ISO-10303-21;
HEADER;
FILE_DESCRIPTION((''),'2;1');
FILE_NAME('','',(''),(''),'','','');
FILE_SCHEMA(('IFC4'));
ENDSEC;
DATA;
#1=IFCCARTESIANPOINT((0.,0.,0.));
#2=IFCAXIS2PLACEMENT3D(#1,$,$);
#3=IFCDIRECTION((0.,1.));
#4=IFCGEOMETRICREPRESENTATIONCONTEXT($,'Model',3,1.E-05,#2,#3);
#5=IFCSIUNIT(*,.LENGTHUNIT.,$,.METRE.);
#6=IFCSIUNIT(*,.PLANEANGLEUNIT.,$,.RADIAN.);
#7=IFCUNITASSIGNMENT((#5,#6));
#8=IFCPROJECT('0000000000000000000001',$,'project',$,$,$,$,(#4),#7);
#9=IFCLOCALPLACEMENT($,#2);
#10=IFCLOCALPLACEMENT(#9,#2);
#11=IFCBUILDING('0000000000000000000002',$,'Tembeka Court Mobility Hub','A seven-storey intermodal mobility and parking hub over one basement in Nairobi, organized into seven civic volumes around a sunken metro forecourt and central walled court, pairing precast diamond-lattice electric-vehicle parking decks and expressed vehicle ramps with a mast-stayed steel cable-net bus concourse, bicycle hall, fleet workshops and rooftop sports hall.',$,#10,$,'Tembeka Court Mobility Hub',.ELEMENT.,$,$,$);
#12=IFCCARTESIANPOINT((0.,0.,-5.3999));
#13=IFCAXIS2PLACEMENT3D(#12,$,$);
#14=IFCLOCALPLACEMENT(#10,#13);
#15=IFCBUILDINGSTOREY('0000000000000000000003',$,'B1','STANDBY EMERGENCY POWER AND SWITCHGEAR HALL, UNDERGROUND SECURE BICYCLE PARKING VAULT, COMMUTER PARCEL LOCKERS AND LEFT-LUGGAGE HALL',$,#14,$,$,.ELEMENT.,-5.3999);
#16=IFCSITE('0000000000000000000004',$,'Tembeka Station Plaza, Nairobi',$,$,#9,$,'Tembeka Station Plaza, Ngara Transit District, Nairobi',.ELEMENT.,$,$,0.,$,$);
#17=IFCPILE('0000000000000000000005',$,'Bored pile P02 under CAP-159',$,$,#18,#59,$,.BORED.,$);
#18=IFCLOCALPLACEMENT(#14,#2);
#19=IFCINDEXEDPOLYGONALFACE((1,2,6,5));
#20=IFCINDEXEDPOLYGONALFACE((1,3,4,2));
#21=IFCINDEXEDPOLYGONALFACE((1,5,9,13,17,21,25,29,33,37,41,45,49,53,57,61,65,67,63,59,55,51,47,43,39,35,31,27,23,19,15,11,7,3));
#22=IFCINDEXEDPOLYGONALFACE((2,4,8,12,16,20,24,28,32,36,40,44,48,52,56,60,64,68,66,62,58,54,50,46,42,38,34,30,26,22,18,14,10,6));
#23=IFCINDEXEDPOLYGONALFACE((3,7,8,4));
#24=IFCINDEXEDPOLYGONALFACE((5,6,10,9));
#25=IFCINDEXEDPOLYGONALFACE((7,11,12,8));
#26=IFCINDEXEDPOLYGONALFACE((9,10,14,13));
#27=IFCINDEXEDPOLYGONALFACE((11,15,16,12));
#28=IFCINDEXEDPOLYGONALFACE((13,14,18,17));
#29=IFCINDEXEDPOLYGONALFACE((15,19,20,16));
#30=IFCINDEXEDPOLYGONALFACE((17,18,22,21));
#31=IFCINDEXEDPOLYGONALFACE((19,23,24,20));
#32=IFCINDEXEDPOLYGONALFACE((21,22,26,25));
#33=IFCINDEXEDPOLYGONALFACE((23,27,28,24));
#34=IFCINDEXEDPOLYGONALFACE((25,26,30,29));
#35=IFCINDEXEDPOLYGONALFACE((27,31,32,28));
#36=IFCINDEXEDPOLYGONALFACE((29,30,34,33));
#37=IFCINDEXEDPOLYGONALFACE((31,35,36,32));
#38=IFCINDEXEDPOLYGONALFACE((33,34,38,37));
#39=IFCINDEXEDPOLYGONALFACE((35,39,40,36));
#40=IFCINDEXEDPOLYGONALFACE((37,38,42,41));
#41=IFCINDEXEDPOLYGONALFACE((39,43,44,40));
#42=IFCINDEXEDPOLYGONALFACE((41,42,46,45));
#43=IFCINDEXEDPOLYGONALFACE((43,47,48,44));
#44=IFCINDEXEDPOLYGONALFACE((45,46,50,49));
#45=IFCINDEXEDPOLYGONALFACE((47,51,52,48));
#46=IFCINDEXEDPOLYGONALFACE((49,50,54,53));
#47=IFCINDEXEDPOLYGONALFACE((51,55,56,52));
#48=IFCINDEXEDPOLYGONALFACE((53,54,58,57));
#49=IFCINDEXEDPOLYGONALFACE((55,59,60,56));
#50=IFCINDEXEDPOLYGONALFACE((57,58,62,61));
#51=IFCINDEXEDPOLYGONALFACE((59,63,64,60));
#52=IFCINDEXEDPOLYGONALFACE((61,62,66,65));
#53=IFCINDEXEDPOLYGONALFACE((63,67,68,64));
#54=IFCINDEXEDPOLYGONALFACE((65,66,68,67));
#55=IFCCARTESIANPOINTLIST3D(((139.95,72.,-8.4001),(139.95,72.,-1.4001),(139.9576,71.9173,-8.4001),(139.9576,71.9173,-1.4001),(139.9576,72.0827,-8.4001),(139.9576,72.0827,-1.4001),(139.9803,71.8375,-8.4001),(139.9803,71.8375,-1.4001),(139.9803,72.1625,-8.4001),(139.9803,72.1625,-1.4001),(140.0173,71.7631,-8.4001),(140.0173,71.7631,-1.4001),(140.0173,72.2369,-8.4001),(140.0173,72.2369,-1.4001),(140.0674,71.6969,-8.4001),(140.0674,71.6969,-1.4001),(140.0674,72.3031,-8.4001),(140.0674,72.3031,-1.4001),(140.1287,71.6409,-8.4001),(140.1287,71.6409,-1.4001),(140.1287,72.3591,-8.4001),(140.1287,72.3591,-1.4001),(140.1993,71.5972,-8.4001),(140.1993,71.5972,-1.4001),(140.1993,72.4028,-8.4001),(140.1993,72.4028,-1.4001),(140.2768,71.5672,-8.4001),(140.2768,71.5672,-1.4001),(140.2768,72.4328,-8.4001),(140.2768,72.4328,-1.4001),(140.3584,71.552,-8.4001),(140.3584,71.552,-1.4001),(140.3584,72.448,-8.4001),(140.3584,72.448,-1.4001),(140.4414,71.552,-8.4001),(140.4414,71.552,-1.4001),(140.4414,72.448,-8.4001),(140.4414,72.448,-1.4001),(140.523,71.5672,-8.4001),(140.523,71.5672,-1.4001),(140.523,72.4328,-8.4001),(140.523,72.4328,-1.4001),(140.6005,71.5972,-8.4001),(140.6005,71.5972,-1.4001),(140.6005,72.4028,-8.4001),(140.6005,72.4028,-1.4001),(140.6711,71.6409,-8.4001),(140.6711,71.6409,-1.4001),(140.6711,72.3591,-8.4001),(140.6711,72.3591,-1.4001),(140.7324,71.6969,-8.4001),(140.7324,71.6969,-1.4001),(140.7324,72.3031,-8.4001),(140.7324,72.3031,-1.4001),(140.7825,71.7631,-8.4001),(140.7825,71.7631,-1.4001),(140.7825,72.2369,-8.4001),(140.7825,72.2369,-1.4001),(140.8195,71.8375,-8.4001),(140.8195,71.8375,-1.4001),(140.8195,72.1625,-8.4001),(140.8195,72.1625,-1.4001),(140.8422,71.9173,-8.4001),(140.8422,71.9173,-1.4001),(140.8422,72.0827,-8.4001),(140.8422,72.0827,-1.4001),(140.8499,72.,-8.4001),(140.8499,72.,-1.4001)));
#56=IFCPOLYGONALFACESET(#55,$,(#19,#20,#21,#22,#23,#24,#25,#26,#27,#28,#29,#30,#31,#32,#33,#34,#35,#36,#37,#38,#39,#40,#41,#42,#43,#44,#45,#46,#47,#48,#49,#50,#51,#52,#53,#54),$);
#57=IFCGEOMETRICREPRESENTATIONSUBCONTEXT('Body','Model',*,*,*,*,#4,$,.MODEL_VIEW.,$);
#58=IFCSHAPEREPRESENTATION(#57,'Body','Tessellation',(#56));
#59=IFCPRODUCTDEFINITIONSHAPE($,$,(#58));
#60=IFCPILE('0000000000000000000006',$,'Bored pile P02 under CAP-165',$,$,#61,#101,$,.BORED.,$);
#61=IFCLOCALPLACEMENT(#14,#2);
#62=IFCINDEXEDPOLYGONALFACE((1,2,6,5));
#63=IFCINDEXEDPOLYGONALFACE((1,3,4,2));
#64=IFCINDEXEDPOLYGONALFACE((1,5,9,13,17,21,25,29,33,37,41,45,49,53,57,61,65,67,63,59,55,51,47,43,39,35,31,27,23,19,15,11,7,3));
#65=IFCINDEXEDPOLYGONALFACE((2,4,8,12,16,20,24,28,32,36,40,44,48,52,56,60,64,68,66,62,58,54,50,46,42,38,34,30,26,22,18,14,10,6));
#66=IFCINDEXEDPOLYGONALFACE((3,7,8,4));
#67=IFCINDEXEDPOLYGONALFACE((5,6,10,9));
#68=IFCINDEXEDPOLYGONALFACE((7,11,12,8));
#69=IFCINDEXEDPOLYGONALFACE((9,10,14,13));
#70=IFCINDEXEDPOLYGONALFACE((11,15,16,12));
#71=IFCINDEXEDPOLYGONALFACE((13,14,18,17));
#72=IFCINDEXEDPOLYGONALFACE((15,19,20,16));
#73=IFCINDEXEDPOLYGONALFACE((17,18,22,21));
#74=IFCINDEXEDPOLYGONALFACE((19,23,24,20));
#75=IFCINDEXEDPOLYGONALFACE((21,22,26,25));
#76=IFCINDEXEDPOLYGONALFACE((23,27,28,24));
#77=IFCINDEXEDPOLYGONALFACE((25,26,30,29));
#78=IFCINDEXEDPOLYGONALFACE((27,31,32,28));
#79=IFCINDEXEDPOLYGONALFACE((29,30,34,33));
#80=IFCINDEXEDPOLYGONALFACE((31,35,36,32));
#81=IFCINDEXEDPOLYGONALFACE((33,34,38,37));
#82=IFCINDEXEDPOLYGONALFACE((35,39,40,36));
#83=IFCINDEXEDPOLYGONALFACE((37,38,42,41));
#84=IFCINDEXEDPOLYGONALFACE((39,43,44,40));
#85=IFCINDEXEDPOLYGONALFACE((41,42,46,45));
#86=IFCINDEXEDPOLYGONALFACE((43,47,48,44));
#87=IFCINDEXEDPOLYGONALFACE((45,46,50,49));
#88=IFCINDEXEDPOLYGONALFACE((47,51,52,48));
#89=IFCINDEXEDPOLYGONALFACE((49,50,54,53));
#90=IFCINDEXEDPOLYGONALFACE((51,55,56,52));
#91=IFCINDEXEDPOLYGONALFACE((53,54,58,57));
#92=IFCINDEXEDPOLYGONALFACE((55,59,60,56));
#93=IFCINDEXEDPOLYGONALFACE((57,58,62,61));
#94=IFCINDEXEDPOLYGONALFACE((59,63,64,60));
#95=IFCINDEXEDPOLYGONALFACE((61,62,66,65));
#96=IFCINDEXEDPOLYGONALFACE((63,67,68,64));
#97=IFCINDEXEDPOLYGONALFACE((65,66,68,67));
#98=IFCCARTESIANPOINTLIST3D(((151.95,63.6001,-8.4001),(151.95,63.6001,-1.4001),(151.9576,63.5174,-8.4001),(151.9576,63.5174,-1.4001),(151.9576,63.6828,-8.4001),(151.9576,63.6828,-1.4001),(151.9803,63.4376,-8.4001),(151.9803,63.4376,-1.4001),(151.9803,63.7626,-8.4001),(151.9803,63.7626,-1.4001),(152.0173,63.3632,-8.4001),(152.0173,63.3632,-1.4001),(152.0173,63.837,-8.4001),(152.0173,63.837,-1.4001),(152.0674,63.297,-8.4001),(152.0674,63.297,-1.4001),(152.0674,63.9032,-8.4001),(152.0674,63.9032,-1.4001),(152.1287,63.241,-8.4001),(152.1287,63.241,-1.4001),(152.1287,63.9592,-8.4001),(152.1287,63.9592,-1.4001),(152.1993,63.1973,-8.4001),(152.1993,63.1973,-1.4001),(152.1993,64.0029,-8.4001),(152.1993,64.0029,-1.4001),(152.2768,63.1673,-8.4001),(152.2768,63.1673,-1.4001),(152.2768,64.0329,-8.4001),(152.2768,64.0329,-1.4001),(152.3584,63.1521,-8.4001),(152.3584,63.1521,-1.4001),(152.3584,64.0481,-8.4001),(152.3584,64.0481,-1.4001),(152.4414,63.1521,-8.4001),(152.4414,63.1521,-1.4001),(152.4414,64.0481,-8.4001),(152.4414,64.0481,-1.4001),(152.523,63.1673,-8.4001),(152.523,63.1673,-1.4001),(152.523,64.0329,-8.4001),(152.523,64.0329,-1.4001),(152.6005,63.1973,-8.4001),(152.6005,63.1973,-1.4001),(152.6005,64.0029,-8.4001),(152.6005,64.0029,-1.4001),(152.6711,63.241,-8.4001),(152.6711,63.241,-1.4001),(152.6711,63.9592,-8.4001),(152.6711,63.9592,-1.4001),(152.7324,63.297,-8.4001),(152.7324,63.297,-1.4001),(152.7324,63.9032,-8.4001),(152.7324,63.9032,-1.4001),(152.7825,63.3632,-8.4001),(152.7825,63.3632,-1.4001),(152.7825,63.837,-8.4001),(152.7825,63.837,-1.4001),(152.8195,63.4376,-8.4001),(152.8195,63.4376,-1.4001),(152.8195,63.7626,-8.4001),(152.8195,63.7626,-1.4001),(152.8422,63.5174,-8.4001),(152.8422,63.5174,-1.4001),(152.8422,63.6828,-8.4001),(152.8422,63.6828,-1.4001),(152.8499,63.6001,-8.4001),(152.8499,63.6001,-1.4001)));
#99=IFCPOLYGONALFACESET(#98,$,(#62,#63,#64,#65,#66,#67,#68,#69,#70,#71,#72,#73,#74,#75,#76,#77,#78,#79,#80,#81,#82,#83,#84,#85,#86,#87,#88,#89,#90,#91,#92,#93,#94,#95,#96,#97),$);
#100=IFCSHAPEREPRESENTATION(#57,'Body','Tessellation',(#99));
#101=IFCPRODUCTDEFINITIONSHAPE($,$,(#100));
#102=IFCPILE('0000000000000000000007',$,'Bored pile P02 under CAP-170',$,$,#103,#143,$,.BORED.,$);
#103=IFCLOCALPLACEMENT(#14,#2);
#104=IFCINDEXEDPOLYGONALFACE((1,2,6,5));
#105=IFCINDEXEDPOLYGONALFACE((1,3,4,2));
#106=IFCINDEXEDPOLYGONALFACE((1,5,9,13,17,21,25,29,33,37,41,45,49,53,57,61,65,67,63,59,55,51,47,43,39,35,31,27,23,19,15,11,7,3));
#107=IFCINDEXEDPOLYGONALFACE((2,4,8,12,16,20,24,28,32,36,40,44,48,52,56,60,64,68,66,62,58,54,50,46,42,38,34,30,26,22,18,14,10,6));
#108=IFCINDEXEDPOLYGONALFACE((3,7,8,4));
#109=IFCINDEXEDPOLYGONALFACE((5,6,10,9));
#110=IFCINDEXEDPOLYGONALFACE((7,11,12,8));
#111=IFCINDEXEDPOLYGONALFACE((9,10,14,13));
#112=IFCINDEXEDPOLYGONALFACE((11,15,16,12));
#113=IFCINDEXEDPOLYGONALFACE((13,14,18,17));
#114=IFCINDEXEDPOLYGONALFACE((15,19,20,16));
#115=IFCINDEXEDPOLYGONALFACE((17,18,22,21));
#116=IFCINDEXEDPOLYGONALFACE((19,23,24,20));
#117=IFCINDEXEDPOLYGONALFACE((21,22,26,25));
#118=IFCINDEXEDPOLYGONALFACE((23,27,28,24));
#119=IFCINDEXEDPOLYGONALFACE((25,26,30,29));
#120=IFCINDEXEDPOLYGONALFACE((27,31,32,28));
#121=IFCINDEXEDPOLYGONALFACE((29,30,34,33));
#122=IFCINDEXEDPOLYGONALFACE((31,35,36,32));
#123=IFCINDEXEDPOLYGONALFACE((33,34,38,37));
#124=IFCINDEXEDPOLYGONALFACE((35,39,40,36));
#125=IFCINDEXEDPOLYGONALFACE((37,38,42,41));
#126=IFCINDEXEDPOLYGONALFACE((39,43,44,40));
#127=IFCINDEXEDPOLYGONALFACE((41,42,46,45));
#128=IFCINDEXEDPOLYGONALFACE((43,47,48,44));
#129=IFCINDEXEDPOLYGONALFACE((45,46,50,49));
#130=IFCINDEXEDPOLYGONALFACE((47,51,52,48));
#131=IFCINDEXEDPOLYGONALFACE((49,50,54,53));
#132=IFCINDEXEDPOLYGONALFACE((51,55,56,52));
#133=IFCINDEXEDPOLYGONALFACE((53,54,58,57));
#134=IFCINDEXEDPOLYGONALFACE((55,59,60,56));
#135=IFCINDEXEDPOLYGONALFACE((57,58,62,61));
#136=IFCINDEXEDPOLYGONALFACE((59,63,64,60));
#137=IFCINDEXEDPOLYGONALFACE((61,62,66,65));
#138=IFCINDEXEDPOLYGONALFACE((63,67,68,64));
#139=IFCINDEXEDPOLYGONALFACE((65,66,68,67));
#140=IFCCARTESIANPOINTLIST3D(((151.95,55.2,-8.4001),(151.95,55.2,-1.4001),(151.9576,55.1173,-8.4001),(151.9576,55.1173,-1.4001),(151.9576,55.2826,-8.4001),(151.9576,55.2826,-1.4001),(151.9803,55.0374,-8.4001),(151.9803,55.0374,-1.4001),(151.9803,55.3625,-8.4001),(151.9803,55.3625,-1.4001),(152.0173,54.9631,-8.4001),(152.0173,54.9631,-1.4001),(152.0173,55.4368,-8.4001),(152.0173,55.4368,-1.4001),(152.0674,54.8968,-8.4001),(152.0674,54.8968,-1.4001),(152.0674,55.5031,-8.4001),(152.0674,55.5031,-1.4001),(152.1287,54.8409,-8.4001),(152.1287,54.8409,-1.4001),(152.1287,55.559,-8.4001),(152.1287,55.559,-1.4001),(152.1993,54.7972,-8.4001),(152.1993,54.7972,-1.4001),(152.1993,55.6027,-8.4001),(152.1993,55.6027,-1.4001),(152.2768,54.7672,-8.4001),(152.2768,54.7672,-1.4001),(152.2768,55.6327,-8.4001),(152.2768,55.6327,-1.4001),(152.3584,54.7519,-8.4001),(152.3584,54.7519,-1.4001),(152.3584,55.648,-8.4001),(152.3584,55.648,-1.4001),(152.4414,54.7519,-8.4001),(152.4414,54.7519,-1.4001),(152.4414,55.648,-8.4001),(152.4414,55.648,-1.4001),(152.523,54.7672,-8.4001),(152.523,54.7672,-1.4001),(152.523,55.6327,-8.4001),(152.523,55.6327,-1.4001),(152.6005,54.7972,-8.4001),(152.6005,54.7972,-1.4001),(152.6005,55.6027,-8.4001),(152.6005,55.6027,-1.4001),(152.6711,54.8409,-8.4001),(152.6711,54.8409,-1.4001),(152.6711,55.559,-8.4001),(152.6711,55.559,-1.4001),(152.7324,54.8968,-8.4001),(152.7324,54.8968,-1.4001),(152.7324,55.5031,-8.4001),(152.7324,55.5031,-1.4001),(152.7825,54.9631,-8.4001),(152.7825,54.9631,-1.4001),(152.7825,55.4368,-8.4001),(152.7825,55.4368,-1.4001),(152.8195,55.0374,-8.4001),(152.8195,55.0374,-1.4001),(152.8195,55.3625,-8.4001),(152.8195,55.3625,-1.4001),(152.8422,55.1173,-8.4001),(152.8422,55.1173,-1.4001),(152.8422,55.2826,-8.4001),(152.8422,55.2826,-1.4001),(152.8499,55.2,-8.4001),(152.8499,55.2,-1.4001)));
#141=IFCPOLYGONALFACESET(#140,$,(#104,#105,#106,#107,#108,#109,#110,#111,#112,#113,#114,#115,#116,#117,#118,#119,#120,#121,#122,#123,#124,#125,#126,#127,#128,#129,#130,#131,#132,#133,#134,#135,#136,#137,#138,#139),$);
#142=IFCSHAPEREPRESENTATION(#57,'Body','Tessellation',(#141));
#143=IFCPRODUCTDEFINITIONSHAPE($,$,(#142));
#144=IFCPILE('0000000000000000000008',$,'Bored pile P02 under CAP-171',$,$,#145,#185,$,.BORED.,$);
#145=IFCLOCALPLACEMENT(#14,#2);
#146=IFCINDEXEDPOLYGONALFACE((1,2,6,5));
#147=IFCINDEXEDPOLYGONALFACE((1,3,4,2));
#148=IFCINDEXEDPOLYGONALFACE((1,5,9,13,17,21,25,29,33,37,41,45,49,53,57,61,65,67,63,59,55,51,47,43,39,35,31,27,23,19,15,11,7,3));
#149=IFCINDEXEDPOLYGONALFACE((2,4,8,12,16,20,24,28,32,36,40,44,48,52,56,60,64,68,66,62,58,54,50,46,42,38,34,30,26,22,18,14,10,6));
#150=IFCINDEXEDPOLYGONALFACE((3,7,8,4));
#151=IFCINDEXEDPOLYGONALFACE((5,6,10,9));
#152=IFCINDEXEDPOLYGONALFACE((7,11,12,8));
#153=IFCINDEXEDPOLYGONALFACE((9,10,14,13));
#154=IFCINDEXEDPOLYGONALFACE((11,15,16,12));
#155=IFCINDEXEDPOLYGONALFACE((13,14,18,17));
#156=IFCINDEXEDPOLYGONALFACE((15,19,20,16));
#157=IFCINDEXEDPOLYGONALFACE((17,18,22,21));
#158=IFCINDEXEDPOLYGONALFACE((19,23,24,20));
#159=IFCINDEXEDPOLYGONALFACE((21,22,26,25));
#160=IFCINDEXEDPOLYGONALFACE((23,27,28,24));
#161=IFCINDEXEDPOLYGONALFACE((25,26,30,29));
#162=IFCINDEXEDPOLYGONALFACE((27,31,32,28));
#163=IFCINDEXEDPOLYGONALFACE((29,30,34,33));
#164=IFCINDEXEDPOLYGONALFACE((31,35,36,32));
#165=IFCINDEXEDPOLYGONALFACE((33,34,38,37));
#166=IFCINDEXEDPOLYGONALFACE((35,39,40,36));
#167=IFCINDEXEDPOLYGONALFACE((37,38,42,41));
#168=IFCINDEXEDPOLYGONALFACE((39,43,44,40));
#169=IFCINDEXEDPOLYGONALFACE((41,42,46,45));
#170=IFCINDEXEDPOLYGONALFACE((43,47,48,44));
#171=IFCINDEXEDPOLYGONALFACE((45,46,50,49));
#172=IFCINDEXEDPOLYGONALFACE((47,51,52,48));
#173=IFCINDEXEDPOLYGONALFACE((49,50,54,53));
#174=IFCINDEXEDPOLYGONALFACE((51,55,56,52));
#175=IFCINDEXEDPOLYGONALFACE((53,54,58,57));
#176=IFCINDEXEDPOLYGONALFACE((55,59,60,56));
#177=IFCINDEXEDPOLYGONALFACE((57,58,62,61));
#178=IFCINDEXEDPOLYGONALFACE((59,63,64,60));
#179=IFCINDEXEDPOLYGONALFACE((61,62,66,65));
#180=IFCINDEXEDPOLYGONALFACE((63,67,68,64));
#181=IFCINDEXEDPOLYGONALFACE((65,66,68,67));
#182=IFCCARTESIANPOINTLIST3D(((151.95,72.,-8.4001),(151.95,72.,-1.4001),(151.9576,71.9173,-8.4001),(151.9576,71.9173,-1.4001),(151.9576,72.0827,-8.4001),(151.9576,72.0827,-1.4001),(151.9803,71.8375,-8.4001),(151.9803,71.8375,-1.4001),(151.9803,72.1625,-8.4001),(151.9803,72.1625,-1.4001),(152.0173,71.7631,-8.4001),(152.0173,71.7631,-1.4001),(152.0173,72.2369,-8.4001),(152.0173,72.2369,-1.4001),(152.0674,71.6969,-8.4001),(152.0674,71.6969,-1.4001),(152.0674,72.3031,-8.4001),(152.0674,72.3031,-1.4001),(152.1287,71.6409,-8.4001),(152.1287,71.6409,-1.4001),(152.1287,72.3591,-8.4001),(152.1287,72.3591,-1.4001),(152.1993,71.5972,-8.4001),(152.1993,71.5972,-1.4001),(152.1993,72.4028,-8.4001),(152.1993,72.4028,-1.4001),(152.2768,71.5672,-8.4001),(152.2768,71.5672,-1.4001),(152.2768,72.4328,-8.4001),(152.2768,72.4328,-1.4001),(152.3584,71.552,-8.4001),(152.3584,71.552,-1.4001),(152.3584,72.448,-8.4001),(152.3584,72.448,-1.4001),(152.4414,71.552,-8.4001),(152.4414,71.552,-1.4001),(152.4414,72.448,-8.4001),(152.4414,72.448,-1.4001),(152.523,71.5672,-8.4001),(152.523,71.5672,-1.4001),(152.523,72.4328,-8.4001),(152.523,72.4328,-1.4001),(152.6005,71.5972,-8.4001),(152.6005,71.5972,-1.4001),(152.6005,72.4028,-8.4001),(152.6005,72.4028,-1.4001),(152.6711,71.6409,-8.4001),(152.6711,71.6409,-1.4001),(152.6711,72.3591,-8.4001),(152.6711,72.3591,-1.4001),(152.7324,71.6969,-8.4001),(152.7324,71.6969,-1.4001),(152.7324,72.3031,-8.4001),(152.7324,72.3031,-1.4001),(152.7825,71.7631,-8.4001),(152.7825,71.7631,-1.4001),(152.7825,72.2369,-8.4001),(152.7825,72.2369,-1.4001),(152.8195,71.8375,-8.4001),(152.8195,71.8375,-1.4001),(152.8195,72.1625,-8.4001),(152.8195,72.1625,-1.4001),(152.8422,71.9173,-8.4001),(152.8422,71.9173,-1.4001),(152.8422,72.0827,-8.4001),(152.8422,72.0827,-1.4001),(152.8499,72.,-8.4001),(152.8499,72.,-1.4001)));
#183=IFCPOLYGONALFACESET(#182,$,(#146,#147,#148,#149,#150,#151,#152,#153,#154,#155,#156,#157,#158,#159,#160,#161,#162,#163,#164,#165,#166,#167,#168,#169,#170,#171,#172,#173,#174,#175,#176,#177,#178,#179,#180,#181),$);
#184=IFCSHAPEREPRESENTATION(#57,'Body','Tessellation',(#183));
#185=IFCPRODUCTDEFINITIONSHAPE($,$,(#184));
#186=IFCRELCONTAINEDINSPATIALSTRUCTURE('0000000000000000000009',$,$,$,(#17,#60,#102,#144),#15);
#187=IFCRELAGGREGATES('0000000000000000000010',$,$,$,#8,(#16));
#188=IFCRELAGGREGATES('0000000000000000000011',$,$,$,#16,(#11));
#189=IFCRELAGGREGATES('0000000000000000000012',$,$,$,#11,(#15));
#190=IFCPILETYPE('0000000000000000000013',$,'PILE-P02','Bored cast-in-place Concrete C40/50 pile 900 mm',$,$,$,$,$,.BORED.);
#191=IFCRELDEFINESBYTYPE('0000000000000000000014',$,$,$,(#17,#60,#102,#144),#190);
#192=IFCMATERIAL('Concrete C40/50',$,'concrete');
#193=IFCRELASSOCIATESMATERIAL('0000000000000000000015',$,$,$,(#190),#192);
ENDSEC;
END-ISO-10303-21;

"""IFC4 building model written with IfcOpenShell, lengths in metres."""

from ifc_helpers import new_model, si_unit, direction, frame, origin, origin_2d, place, context, subcontext, project, spatial, circle, extrude, material, material_profile, profile_set, type_object, element, save


model = new_model("IFC4")

# Units and contexts
model_context = context("Model", 3, precision=1e-05, world=origin(), true_north=direction((0.0, 1.0)))
body_context = subcontext(model_context, "Body", "Model", "MODEL_VIEW")
ifc_project = project(units=[si_unit("LENGTHUNIT", "METRE"), si_unit("PLANEANGLEUNIT", "RADIAN")], contexts=[model_context])

# Site, building, storey
site_placement = place(None, origin())
site = spatial("IfcSite", under=ifc_project, at=site_placement, Name="Tembeka Station Plaza, Nairobi", LongName="Tembeka Station Plaza, Ngara Transit District, Nairobi", CompositionType="ELEMENT", RefElevation=0.0)
building_placement = place(site_placement, origin())
building = spatial("IfcBuilding", under=site, at=building_placement, Name="Tembeka Court Mobility Hub", Description="A seven-storey intermodal mobility and parking hub over one basement in Nairobi, organized into seven civic volumes around a sunken metro forecourt and central walled court, pairing precast diamond-lattice electric-vehicle parking decks and expressed vehicle ramps with a mast-stayed steel cable-net bus concourse, bicycle hall, fleet workshops and rooftop sports hall.", LongName="Tembeka Court Mobility Hub", CompositionType="ELEMENT")
storey_placement = place(building_placement, frame((0.0, 0.0, -5.3999)))
storey = spatial("IfcBuildingStorey", under=building, at=storey_placement, Name="B1", Description="STANDBY EMERGENCY POWER AND SWITCHGEAR HALL, UNDERGROUND SECURE BICYCLE PARKING VAULT, COMMUTER PARCEL LOCKERS AND LEFT-LUGGAGE HALL", CompositionType="ELEMENT", Elevation=-5.3999)

# Shared definitions
ifc_material_1 = material(Name="Concrete C40/50", Category="concrete")

# Piles
ifc_material_profile_1 = material_profile(ifc_material_1, circle(Radius=0.45, at=origin_2d()), Name="PILE D900")
ifc_profile_set_1 = profile_set([ifc_material_profile_1], Name="Concrete C40/50")
pile_type = type_object("IfcPileType", Name="PILE-P02", Description="Bored cast-in-place Concrete C40/50 pile 900 mm", PredefinedType="BORED", material=ifc_profile_set_1)
for number, where, z_axis, x_axis, name in (
    (1, (140.3999, 72.0, -1.4001), (0.0, 0.0, -1.0), (1.0, 0.0, 0.0), "Bored pile P02 under CAP-159"),
    (2, (152.3999, 63.6001, -1.4001), (0.0, 0.0, -1.0), (1.0, 0.0, 0.0), "Bored pile P02 under CAP-165"),
    (3, (152.3999, 55.2, -1.4001), (0.0, 0.0, -1.0), (1.0, 0.0, 0.0), "Bored pile P02 under CAP-170"),
    (4, (152.3999, 72.0, -1.4001), (0.0, 0.0, -1.0), (1.0, 0.0, 0.0), "Bored pile P02 under CAP-171"),
):
    element("IfcPile", number, at=place(storey_placement, frame(where, z_axis=z_axis, x_axis=x_axis)), inside=storey, type_object=pile_type, Name=name, PredefinedType="BORED", context=body_context, shape_type="SweptSolid", body=[
        extrude(circle(Radius=0.45, at=origin_2d()), origin(), (0.0, 0.0, 1.0), 7.0),
    ])

save(model, "model.ifc")
